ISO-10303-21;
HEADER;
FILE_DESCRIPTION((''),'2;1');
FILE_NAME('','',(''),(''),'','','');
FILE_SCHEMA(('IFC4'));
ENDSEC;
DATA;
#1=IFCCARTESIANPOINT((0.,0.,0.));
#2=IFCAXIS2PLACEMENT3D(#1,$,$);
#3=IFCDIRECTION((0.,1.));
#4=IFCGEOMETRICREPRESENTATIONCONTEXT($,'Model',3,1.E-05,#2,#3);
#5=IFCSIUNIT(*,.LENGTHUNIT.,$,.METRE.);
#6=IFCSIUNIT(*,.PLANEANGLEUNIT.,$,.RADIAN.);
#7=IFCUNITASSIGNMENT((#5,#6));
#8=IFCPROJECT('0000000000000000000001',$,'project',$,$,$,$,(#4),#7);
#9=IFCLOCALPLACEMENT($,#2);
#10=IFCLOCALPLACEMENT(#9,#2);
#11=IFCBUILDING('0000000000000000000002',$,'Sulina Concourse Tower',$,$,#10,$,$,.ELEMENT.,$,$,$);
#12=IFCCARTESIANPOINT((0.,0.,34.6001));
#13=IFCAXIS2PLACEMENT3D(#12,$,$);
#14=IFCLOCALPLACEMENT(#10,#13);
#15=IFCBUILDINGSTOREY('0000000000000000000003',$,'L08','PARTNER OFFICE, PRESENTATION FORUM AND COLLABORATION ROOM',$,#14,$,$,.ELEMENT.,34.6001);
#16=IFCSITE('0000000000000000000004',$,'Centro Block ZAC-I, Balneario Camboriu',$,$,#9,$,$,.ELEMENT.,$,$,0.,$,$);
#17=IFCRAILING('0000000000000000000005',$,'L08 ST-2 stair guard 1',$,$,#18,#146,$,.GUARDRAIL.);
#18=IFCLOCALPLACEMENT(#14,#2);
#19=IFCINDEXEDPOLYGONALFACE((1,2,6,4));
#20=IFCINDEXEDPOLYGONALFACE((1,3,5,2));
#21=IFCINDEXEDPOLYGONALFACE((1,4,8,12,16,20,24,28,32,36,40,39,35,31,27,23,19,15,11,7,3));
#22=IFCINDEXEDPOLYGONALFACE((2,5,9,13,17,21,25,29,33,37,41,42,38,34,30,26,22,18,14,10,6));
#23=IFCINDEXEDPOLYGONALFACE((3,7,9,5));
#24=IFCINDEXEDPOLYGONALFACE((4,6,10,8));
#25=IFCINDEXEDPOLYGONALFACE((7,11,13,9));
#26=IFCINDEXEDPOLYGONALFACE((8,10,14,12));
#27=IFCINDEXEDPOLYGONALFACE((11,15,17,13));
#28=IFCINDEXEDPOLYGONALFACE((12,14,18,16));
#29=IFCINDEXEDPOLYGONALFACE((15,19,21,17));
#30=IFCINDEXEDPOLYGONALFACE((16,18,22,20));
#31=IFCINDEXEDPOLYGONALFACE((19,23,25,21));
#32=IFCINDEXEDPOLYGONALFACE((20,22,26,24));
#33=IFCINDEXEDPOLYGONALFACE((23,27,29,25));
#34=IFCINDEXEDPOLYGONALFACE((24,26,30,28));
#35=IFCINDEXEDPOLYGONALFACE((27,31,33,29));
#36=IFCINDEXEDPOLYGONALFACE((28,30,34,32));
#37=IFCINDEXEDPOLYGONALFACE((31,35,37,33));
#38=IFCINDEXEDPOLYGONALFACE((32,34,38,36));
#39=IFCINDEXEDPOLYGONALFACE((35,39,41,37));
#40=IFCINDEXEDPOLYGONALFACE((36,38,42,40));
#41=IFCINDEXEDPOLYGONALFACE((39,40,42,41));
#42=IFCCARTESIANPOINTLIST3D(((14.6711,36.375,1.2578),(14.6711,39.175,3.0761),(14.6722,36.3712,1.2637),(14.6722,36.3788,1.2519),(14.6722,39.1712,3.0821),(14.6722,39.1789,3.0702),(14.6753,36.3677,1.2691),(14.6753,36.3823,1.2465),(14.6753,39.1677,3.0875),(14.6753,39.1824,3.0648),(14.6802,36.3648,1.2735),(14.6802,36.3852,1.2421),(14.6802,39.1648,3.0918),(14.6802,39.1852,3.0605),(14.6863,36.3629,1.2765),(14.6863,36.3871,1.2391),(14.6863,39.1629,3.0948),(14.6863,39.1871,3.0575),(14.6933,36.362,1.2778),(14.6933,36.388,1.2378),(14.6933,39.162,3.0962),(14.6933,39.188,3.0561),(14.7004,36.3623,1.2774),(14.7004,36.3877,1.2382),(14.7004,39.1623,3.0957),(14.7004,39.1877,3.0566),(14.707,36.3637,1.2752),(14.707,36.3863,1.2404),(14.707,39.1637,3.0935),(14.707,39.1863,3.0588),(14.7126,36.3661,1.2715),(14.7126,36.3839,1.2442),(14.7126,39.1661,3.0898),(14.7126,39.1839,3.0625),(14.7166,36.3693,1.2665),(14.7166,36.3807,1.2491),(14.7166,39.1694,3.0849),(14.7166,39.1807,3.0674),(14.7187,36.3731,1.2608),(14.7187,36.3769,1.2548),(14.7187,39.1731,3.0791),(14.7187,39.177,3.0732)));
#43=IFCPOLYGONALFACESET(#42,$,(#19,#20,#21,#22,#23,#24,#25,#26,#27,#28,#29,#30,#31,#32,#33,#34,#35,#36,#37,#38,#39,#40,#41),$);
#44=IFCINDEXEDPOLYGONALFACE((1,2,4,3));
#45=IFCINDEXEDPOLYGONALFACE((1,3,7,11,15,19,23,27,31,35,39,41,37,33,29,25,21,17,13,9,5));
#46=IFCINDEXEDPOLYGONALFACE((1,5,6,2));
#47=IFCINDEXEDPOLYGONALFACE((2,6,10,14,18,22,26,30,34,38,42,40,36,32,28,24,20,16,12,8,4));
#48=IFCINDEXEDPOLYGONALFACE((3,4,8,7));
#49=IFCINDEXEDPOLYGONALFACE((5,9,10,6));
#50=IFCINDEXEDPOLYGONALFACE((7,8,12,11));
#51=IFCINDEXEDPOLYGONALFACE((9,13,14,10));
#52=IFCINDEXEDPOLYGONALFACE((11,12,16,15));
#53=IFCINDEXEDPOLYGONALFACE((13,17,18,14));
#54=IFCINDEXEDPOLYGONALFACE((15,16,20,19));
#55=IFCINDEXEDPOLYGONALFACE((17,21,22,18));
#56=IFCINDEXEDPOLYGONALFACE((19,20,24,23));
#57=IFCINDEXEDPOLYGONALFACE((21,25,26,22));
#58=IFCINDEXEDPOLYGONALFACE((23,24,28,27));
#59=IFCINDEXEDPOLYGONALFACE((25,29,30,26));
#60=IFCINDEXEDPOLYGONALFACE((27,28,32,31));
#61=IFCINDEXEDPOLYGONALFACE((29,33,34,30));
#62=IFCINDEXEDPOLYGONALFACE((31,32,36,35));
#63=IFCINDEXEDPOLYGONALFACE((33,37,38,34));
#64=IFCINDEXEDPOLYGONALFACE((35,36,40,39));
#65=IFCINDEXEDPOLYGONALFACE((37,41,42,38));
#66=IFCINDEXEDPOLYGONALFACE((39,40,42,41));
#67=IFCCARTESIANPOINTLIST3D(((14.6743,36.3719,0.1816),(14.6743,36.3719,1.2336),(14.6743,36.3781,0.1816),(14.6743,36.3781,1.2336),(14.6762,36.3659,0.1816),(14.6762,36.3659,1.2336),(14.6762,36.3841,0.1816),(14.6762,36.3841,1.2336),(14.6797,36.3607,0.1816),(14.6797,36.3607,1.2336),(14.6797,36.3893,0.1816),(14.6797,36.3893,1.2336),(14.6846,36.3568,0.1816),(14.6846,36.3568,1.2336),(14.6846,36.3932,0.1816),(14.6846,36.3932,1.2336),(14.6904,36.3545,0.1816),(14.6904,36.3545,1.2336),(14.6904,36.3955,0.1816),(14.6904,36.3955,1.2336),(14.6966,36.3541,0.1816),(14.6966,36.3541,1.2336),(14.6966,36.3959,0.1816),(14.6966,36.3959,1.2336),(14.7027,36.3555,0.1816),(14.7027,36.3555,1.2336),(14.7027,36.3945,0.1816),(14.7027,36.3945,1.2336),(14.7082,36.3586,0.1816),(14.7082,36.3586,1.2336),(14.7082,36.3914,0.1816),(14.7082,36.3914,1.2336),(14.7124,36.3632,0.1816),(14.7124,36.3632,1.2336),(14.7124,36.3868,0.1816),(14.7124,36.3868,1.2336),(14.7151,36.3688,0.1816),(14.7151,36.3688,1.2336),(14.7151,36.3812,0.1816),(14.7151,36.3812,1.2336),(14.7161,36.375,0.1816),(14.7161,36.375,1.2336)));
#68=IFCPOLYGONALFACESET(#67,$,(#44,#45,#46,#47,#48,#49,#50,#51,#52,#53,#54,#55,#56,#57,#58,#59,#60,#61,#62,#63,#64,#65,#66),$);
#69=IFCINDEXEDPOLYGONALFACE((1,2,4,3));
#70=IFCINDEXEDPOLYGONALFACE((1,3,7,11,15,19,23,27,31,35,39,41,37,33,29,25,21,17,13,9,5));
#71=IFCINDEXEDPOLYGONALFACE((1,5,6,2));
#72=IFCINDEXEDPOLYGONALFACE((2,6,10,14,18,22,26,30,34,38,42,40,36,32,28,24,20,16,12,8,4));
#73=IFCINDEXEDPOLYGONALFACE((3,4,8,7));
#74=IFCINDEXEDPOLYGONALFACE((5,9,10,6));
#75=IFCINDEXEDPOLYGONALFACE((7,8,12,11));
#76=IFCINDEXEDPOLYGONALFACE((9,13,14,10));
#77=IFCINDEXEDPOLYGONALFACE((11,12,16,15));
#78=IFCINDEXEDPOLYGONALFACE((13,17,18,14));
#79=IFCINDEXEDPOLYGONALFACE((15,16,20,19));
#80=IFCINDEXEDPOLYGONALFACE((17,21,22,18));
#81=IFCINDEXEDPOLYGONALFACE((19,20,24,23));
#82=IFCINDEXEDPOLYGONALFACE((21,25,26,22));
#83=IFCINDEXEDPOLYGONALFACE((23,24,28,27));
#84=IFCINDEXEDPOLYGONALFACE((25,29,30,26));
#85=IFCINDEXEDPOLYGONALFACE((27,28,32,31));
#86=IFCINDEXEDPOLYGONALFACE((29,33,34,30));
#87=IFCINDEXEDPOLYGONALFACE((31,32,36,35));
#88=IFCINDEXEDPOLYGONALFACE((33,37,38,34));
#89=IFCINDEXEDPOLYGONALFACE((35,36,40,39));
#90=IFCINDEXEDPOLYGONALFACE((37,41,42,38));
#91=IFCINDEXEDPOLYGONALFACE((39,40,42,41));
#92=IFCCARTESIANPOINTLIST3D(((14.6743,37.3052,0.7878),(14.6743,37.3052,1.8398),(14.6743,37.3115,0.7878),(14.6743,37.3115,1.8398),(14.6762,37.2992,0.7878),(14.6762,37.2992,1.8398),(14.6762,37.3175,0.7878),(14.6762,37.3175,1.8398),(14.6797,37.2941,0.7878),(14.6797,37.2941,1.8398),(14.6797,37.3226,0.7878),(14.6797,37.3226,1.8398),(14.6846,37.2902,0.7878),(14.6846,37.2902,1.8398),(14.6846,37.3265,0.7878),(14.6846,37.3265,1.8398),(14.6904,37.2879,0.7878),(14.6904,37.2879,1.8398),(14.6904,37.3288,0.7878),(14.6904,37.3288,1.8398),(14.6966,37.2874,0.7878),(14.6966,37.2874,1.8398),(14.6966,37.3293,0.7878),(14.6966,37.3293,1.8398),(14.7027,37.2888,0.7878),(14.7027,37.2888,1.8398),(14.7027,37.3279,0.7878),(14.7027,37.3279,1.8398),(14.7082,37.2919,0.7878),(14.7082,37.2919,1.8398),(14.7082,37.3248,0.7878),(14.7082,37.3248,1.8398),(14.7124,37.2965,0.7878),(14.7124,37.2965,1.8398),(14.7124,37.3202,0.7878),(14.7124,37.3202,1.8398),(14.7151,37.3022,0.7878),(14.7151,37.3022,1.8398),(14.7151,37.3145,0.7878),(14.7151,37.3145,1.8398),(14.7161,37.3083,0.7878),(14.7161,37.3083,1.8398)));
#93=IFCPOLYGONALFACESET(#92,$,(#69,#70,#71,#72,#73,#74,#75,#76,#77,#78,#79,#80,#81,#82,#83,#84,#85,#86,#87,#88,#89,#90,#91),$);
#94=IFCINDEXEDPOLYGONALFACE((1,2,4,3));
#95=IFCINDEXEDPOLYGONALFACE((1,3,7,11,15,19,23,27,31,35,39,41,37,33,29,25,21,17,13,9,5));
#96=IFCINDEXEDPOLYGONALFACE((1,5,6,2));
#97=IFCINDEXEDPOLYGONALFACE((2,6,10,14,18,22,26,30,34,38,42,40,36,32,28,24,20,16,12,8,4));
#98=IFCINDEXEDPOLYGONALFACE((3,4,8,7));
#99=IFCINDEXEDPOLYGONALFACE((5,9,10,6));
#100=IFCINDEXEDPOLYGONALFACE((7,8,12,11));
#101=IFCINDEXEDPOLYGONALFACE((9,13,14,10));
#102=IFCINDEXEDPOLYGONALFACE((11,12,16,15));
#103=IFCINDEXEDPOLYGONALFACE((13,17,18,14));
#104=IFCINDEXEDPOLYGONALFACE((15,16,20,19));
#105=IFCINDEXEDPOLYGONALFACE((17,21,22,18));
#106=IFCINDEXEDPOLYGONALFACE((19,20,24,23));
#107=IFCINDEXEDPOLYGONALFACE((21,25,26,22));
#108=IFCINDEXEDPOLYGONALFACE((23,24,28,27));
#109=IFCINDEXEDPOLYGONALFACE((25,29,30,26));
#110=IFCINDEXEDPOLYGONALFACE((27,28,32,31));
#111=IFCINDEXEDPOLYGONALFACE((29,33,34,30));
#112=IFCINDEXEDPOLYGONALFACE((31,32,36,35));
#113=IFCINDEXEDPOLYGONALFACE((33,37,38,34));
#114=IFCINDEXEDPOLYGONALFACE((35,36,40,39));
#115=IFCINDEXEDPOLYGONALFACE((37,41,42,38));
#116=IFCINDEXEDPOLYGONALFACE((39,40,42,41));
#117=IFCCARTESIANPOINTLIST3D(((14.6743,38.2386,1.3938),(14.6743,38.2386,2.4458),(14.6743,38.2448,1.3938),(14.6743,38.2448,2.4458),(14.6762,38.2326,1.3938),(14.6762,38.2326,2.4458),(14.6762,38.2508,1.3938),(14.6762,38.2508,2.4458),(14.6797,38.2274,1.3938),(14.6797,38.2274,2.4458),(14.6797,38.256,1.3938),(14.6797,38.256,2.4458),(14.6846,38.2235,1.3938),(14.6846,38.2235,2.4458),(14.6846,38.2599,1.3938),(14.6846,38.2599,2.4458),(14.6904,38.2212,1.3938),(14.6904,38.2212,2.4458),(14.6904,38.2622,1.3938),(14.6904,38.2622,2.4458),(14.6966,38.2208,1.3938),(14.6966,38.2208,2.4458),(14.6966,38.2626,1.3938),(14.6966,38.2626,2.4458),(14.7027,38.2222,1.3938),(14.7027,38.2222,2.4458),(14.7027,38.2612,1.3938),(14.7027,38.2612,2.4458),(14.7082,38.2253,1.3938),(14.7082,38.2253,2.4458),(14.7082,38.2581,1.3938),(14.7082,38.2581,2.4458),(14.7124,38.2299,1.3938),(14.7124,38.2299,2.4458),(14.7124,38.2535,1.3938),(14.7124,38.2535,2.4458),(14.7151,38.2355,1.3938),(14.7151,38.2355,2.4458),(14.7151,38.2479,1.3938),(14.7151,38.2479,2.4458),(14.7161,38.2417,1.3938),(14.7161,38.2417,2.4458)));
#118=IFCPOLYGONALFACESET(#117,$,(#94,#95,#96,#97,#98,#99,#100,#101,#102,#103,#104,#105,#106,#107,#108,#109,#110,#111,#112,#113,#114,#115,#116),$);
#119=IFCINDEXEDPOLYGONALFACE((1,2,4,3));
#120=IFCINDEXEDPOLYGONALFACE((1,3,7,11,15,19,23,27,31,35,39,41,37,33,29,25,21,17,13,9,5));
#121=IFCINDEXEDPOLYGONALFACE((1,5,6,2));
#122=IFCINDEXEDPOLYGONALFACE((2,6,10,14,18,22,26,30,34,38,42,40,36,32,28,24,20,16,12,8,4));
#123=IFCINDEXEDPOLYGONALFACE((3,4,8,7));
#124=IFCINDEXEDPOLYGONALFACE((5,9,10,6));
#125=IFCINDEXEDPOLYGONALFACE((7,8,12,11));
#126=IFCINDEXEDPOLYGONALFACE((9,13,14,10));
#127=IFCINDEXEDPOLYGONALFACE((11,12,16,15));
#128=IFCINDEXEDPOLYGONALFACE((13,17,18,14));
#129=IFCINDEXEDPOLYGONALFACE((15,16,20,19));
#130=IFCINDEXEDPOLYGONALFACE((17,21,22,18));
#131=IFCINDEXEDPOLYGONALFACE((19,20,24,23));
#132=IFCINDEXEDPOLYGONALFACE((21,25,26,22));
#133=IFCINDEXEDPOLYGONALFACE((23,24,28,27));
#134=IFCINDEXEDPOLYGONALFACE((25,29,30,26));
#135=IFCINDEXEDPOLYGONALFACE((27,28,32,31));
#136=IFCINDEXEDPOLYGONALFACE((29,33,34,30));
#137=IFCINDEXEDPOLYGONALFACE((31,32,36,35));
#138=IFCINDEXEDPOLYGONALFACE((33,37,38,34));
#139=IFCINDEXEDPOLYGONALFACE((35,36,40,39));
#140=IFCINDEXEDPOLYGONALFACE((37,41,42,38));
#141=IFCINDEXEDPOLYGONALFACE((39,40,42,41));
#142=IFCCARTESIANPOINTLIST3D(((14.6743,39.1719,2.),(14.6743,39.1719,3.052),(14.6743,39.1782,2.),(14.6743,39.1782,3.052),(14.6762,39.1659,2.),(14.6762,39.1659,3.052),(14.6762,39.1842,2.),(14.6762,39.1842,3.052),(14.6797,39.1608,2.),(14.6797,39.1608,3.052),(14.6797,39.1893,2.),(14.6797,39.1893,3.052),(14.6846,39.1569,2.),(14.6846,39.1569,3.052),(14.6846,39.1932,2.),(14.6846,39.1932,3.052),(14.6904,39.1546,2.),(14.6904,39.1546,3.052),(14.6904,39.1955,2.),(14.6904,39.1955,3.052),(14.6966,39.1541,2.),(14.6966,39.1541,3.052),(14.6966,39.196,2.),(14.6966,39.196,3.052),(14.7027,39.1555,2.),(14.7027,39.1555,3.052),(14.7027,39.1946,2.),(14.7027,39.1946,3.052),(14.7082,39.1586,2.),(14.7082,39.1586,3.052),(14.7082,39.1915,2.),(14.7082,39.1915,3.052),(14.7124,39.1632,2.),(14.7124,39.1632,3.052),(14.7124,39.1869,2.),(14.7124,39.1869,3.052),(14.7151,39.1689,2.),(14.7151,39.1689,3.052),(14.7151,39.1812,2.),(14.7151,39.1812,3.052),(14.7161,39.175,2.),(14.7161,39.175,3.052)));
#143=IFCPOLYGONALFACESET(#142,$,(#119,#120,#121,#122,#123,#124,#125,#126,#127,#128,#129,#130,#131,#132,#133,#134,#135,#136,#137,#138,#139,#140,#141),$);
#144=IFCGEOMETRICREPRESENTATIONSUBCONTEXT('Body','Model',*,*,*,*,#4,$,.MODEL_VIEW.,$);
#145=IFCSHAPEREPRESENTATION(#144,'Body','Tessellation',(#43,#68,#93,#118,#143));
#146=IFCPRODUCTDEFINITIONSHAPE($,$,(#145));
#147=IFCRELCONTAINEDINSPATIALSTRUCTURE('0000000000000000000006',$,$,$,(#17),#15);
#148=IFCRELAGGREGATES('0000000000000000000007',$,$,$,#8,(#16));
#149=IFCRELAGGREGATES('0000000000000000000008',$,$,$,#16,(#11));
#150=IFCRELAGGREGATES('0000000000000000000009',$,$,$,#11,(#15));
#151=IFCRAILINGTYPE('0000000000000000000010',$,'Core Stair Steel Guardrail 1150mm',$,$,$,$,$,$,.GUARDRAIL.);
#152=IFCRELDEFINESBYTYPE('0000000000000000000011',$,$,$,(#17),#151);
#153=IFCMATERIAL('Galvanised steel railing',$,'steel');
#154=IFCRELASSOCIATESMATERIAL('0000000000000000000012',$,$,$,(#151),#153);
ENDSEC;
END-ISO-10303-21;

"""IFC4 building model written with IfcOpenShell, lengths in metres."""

from ifc_helpers import new_model, si_unit, direction, frame, origin, origin_2d, place, context, subcontext, project, spatial, circle, extrude, material, type_object, element, save


model = new_model("IFC4")

# Units and contexts
model_context = context("Model", 3, precision=1e-05, world=origin(), true_north=direction((0.0, 1.0)))
body_context = subcontext(model_context, "Body", "Model", "MODEL_VIEW")
ifc_project = project(units=[si_unit("LENGTHUNIT", "METRE"), si_unit("PLANEANGLEUNIT", "RADIAN")], contexts=[model_context])

# Site, building, storey
site_placement = place(None, origin())
site = spatial("IfcSite", under=ifc_project, at=site_placement, Name="Centro Block ZAC-I, Balneario Camboriu", CompositionType="ELEMENT", RefElevation=0.0)
building_placement = place(site_placement, origin())
building = spatial("IfcBuilding", under=site, at=building_placement, Name="Sulina Concourse Tower", CompositionType="ELEMENT")
storey_placement = place(building_placement, frame((0.0, 0.0, 34.6001)))
storey = spatial("IfcBuildingStorey", under=building, at=storey_placement, Name="L08", Description="PARTNER OFFICE, PRESENTATION FORUM AND COLLABORATION ROOM", CompositionType="ELEMENT", Elevation=34.6001)

# Railing
ifc_material_1 = material(Name="Galvanised steel railing", Category="steel")
railing_type_1 = type_object("IfcRailingType", Name="Core Stair Steel Guardrail 1150mm", PredefinedType="GUARDRAIL", material=ifc_material_1)
railing_1_placement = place(storey_placement, frame((14.6951, 36.375, 0.1816)))
element("IfcRailing", 1, at=railing_1_placement, inside=storey, type_object=railing_type_1, Name="L08 ST-2 stair guard 1", PredefinedType="GUARDRAIL", context=body_context, shape_type="SweptSolid", body=[
    extrude(circle(Radius=0.0239, at=origin_2d()), frame((0.0, 0.0, 1.0762), z_axis=(0.0, 0.838672, 0.544636), x_axis=(-1.0, 0.0, 0.0)), (0.0, 0.0, 1.0), 3.3386),
    extrude(circle(Radius=0.021, at=origin_2d()), origin(), (0.0, 0.0, 1.0), 1.052),
    extrude(circle(Radius=0.021, at=origin_2d()), frame((0.0, 0.9333, 0.6062)), (0.0, 0.0, 1.0), 1.052),
    extrude(circle(Radius=0.021, at=origin_2d()), frame((0.0, 1.8667, 1.2122)), (0.0, 0.0, 1.0), 1.052),
    extrude(circle(Radius=0.021, at=origin_2d()), frame((0.0, 2.8, 1.8184)), (0.0, 0.0, 1.0), 1.052),
])

save(model, "model.ifc")
